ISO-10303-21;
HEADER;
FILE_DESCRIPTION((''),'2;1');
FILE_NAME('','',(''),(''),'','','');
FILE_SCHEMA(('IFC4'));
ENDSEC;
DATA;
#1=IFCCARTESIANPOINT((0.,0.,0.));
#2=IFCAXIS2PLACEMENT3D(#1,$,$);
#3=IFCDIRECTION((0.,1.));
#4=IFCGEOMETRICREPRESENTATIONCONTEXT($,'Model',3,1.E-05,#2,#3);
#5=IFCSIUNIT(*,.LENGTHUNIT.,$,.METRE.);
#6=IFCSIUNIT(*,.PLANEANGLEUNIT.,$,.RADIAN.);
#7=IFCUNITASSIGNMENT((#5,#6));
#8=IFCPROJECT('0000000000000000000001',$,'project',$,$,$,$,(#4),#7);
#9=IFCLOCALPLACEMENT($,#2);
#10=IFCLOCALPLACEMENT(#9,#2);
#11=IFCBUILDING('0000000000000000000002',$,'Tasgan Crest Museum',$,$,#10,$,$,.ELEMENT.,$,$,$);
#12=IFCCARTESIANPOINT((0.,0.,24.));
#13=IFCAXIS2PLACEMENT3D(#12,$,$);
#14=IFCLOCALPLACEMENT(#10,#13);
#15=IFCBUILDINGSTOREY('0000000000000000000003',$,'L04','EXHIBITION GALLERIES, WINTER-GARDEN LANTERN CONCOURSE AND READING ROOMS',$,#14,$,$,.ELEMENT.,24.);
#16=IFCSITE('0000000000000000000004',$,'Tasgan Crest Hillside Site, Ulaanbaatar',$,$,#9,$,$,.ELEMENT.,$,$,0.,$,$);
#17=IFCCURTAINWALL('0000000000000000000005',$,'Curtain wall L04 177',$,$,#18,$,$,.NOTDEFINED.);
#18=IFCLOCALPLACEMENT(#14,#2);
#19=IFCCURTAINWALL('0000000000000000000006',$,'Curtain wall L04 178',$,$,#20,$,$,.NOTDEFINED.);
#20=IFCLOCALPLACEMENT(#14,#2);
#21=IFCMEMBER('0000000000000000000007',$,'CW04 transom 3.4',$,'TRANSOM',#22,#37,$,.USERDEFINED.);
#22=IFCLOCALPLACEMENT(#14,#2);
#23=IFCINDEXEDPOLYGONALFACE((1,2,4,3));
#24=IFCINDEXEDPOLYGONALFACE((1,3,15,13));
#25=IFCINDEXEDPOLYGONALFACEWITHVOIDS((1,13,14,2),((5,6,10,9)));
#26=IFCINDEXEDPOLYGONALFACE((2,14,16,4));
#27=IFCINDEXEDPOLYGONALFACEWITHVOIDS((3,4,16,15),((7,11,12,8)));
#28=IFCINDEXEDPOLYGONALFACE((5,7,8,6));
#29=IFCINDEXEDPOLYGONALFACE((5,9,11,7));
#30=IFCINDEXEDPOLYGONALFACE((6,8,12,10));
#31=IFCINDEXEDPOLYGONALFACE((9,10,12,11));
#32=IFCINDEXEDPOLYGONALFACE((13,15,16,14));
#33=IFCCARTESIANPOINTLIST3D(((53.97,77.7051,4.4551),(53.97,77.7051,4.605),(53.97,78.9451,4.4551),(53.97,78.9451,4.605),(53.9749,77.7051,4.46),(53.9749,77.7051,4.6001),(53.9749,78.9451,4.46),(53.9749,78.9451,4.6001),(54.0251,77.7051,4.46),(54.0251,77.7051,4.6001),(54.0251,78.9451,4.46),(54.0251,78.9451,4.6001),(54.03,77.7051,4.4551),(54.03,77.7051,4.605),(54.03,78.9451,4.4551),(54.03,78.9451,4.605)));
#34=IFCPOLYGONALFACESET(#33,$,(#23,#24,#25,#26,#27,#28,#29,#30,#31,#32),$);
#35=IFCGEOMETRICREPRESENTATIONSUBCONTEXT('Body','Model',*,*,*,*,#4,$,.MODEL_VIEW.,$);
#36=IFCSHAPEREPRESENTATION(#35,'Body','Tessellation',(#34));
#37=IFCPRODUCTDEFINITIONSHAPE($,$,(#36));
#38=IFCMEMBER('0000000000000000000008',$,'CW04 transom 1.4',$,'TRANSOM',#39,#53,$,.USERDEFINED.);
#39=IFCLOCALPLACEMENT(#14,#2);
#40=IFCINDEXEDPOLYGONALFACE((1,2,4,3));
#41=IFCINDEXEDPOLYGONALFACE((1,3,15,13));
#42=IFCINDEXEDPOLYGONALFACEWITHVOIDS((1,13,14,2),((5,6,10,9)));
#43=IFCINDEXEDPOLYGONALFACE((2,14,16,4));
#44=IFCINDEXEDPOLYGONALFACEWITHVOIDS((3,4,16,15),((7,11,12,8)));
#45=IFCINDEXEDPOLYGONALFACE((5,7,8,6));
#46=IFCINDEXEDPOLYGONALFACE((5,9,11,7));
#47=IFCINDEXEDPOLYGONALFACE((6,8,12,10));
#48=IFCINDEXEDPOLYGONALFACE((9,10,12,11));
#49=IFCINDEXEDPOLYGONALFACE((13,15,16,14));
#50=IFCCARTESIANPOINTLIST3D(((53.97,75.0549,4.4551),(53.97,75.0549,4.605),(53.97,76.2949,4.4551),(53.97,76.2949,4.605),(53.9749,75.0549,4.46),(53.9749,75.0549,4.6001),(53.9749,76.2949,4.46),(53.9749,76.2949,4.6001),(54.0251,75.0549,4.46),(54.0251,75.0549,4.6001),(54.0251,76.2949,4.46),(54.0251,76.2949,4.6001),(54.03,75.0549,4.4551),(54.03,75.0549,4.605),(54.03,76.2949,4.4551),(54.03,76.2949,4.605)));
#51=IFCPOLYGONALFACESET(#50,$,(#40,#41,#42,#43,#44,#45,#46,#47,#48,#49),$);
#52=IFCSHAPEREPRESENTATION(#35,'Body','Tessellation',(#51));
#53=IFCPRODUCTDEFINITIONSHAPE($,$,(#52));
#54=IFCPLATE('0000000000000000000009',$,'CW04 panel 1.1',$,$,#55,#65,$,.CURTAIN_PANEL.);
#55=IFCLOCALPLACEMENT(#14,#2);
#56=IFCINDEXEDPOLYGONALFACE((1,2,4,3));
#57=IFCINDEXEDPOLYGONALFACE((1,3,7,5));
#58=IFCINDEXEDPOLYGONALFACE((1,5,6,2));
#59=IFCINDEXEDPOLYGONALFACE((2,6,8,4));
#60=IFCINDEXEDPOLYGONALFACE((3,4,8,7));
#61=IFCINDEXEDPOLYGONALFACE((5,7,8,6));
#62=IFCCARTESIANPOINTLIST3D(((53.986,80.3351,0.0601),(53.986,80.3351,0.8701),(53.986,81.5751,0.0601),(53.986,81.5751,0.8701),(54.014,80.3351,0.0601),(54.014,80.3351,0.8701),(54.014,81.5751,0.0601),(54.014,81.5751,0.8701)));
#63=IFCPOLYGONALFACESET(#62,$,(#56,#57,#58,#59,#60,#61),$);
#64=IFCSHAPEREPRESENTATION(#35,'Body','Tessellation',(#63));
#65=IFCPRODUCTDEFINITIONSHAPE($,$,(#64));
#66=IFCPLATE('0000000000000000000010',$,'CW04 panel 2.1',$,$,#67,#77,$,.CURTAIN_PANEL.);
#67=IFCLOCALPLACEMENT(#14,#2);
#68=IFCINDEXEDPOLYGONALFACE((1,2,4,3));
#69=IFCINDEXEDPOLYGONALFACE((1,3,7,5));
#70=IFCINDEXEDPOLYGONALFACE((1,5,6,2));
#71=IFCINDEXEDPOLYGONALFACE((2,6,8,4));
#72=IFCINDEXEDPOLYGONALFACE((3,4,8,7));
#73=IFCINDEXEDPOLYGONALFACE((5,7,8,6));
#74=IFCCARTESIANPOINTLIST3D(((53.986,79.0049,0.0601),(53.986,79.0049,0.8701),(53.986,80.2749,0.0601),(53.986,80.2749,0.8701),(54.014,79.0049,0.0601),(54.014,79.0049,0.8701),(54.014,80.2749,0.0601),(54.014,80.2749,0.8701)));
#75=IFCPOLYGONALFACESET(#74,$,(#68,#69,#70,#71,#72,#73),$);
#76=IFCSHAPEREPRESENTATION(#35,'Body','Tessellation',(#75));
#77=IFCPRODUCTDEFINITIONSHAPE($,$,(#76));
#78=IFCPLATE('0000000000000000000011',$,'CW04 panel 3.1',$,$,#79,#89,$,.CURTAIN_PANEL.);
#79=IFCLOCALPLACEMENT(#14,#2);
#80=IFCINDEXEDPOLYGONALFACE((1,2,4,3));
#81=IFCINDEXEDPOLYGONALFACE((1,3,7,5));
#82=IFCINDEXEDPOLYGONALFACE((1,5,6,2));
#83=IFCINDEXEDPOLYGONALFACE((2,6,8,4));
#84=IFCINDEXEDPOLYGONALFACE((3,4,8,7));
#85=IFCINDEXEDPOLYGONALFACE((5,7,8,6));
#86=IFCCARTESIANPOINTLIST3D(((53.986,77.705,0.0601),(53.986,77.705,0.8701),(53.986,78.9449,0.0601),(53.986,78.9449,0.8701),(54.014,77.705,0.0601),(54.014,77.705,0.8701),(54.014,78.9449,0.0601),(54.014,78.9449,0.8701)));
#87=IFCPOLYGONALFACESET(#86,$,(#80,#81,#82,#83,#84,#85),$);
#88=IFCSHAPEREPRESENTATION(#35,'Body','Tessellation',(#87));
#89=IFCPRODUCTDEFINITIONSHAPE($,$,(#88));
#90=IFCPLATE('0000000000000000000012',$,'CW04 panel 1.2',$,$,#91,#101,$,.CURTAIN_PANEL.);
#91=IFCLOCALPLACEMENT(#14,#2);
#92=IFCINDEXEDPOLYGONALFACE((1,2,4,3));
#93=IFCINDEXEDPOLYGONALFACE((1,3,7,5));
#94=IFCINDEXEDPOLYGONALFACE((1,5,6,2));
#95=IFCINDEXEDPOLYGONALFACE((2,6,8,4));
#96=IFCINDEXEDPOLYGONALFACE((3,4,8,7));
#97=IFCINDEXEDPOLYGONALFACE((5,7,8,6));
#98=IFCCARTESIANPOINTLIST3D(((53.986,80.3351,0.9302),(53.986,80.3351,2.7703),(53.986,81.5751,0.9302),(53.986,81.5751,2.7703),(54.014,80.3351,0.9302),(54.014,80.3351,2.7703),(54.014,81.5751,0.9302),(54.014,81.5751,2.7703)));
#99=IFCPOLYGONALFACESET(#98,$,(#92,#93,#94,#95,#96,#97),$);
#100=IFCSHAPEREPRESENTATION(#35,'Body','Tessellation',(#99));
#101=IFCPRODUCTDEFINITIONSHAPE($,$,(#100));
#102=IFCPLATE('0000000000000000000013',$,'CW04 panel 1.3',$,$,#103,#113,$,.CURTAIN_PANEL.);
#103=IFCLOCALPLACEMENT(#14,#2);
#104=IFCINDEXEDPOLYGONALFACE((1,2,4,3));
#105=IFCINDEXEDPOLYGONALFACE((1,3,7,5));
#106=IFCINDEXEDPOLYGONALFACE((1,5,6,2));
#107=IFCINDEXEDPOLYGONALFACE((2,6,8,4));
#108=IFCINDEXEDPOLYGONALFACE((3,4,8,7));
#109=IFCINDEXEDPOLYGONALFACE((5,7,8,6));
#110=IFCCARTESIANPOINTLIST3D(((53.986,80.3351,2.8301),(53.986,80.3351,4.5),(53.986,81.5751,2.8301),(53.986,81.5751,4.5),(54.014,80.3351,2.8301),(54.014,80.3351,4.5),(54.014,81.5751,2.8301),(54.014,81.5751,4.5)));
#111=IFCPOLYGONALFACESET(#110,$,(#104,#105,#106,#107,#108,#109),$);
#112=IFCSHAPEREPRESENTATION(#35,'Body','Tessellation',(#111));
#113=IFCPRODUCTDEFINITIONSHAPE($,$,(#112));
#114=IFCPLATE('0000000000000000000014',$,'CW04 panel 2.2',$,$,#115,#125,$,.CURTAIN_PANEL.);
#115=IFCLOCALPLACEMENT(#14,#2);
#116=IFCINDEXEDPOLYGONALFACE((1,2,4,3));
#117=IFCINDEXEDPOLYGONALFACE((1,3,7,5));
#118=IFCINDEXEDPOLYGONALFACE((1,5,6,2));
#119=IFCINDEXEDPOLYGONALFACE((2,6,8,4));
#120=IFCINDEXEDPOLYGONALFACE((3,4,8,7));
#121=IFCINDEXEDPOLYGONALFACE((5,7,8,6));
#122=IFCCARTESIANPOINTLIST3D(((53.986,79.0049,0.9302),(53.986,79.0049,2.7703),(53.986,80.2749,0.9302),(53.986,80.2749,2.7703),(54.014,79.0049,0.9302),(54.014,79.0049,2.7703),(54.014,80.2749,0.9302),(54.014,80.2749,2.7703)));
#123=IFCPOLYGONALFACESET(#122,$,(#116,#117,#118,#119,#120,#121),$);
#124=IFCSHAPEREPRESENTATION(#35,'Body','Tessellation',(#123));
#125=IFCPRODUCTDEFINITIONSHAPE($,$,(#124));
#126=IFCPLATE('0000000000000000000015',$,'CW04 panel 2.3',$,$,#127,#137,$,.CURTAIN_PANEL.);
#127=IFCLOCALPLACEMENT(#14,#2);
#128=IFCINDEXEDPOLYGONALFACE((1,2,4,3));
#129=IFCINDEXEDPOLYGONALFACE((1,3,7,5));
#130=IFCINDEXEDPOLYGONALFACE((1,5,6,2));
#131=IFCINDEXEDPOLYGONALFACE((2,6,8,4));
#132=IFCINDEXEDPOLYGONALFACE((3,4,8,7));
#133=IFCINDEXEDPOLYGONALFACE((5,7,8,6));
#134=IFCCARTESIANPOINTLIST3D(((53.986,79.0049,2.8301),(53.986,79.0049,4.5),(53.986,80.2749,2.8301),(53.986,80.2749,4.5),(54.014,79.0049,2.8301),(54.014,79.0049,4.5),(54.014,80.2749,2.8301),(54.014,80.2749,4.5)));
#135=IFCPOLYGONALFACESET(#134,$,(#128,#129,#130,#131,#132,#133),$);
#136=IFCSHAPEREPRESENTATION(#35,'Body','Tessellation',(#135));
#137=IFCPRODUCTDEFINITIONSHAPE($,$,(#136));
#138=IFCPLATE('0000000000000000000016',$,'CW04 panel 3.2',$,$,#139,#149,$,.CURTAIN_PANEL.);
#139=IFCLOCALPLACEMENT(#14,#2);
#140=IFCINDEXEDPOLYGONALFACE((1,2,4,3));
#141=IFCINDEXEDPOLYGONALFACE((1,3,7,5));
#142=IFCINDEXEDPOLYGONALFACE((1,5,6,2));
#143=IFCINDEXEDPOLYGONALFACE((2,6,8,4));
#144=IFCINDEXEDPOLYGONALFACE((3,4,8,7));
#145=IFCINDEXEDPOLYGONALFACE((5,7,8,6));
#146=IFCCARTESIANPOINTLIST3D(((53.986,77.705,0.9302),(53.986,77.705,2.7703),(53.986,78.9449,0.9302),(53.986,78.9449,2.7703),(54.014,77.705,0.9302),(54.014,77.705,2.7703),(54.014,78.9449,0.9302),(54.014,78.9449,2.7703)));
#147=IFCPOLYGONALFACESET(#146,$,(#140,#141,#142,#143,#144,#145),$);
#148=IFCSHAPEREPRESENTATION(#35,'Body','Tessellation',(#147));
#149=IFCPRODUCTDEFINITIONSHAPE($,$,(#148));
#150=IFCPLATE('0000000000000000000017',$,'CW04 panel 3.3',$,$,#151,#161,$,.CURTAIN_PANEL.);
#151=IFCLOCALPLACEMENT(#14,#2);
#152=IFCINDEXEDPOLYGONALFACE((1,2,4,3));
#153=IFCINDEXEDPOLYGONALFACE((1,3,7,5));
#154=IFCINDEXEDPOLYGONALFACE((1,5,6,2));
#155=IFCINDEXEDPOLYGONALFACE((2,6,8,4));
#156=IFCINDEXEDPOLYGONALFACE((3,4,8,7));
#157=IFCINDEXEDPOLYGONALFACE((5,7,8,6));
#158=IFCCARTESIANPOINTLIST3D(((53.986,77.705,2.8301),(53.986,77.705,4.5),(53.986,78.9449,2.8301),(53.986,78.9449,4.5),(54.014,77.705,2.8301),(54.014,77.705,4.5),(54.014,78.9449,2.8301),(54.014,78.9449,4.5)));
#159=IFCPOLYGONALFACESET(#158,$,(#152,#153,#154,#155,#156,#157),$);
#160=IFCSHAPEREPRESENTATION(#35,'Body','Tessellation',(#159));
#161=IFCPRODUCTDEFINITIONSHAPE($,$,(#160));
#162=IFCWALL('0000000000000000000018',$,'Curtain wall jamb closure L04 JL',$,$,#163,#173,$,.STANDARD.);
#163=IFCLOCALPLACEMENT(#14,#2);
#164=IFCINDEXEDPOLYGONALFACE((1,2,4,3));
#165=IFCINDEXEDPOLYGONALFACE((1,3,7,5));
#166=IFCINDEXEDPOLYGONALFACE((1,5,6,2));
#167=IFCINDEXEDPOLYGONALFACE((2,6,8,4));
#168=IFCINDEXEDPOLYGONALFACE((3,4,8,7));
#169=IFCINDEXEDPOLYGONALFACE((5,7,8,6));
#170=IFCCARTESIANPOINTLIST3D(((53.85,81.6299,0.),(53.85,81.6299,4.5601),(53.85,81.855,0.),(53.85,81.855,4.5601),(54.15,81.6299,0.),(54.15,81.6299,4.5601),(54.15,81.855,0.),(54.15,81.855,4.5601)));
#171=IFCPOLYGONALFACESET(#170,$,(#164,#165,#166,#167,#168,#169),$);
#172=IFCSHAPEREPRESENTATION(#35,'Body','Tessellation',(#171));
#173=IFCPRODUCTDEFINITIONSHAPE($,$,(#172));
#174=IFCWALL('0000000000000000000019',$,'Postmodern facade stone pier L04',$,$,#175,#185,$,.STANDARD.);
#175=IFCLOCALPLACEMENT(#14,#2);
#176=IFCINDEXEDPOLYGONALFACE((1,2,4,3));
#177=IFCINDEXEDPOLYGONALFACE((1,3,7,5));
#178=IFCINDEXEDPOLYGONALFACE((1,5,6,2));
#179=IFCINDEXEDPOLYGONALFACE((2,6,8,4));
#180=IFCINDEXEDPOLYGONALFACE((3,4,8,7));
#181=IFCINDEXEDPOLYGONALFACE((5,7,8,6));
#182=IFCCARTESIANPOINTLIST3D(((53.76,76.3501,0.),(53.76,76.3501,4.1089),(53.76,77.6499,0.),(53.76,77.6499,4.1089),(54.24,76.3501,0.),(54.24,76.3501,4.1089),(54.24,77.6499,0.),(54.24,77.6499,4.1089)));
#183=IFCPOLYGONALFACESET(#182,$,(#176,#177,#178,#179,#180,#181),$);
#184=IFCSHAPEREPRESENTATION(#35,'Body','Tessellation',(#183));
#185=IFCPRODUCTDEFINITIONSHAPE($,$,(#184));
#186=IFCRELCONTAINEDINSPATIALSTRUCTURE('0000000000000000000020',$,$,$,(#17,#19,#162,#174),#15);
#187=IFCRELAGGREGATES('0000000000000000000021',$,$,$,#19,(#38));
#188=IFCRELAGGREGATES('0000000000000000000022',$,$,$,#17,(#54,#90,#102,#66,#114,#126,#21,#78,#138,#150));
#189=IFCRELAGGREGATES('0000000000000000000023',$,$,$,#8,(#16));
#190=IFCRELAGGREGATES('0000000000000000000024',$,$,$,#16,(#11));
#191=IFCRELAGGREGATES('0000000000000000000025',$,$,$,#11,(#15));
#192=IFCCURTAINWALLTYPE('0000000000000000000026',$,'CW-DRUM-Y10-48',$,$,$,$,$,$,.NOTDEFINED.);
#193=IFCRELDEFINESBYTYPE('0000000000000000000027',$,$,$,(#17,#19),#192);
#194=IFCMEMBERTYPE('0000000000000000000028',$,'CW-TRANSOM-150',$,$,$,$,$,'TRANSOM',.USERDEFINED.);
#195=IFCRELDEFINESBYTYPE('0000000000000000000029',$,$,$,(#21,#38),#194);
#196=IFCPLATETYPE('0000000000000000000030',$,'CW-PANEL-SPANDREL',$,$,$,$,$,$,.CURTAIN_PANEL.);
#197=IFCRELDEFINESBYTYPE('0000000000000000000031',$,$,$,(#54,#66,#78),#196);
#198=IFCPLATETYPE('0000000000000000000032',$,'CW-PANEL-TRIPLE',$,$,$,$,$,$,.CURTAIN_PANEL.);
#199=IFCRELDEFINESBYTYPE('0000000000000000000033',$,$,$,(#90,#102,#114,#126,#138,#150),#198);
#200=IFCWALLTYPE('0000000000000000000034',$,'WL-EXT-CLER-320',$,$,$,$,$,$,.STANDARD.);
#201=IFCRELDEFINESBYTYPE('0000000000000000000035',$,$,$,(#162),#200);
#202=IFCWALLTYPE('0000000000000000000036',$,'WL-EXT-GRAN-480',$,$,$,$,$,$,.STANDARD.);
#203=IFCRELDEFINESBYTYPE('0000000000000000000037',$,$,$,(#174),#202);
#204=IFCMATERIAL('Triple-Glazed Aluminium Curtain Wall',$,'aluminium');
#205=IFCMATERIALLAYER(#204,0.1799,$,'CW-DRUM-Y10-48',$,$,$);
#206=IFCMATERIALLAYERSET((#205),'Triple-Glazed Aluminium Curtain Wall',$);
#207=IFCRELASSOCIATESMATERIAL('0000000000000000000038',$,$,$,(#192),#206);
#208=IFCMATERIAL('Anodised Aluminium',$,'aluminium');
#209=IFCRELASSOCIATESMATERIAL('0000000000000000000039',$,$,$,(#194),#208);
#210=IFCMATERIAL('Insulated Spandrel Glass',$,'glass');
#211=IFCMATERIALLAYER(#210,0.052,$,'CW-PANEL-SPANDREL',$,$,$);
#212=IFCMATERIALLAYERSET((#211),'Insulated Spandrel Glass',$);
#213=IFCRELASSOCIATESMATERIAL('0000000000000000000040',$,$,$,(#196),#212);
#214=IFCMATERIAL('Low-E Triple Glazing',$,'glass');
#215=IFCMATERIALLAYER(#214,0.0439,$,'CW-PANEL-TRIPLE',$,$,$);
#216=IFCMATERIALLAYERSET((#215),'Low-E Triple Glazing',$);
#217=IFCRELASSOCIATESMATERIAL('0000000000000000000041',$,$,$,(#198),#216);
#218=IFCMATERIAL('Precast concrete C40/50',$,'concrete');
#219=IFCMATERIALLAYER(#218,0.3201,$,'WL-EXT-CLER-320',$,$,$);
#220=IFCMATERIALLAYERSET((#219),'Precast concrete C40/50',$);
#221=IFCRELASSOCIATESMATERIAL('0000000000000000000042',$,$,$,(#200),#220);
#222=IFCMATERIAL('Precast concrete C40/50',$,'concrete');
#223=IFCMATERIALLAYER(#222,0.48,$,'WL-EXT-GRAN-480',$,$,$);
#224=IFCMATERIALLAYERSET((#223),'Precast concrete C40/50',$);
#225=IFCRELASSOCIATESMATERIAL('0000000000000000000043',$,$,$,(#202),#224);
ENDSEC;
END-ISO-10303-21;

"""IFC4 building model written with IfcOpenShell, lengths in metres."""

from ifc_helpers import new_model, si_unit, direction, frame, frame_2d, origin, origin_2d, place, context, subcontext, project, spatial, rectangle, hollow_rectangle, extrude, material, layer, layer_set, material_profile, profile_set, type_object, element, aggregate, save


model = new_model("IFC4")

# Units and contexts
model_context = context("Model", 3, precision=1e-05, world=origin(), true_north=direction((0.0, 1.0)))
body_context = subcontext(model_context, "Body", "Model", "MODEL_VIEW")
ifc_project = project(units=[si_unit("LENGTHUNIT", "METRE"), si_unit("PLANEANGLEUNIT", "RADIAN")], contexts=[model_context])

# Site, building, storey
site_placement = place(None, origin())
site = spatial("IfcSite", under=ifc_project, at=site_placement, Name="Tasgan Crest Hillside Site, Ulaanbaatar", CompositionType="ELEMENT", RefElevation=0.0)
building_placement = place(site_placement, origin())
building = spatial("IfcBuilding", under=site, at=building_placement, Name="Tasgan Crest Museum", CompositionType="ELEMENT")
storey_placement = place(building_placement, frame((0.0, 0.0, 24.0)))
storey = spatial("IfcBuildingStorey", under=building, at=storey_placement, Name="L04", Description="EXHIBITION GALLERIES, WINTER-GARDEN LANTERN CONCOURSE AND READING ROOMS", CompositionType="ELEMENT", Elevation=24.0)

# Curtain wall
ifc_material_1 = material(Name="Triple-Glazed Aluminium Curtain Wall", Category="aluminium")
ifc_layer_1 = layer(ifc_material_1, 0.1799, Name="CW-DRUM-Y10-48")
ifc_layer_set_1 = layer_set([ifc_layer_1], Name="Triple-Glazed Aluminium Curtain Wall")
curtain_wall_type = type_object("IfcCurtainWallType", Name="CW-DRUM-Y10-48", PredefinedType="NOTDEFINED", material=ifc_layer_set_1)
curtain_wall_1_placement = place(storey_placement, origin())
curtain_wall_1 = element("IfcCurtainWall", 1, at=curtain_wall_1_placement, inside=storey, type_object=curtain_wall_type, Name="Curtain wall L04 177", PredefinedType="NOTDEFINED")

# Curtain wall
curtain_wall_2_placement = place(storey_placement, origin())
curtain_wall_2 = element("IfcCurtainWall", 2, at=curtain_wall_2_placement, inside=storey, type_object=curtain_wall_type, Name="Curtain wall L04 178", PredefinedType="NOTDEFINED")

# Members
ifc_material_2 = material(Name="Anodised Aluminium", Category="aluminium")
ifc_material_profile_1 = material_profile(ifc_material_2, hollow_rectangle(XDim=0.0601, YDim=0.1499, WallThickness=0.0049, at=origin_2d()), Name="ALU TRANSOM 150x60x5")
ifc_profile_set_1 = profile_set([ifc_material_profile_1], Name="Anodised Aluminium")
member_type_1 = type_object("IfcMemberType", Name="CW-TRANSOM-150", ElementType="TRANSOM", PredefinedType="USERDEFINED", material=ifc_profile_set_1)
member_1_placement = place(storey_placement, frame((54.0, 78.9451, 4.53), z_axis=(0.0, -1.0, 0.0), x_axis=(1.0, 0.0, 0.0)))
member_1 = element("IfcMember", 3, at=member_1_placement, type_object=member_type_1, Name="CW04 transom 3.4", ObjectType="TRANSOM", PredefinedType="USERDEFINED", context=body_context, shape_type="SweptSolid", body=[
    extrude(hollow_rectangle(XDim=0.0601, YDim=0.1499, WallThickness=0.0049, at=origin_2d()), origin(), (0.0, 0.0, 1.0), 1.24),
])
member_2_placement = place(storey_placement, frame((54.0, 76.2949, 4.53), z_axis=(0.0, -1.0, 0.0), x_axis=(1.0, 0.0, 0.0)))
member_2 = element("IfcMember", 4, at=member_2_placement, type_object=member_type_1, Name="CW04 transom 1.4", ObjectType="TRANSOM", PredefinedType="USERDEFINED", context=body_context, shape_type="SweptSolid", body=[
    extrude(hollow_rectangle(XDim=0.0601, YDim=0.1499, WallThickness=0.0049, at=origin_2d()), origin(), (0.0, 0.0, 1.0), 1.24),
])
aggregate(curtain_wall_2, [member_2])

# Plates
ifc_material_3 = material(Name="Insulated Spandrel Glass", Category="glass")
ifc_layer_2 = layer(ifc_material_3, 0.052, Name="CW-PANEL-SPANDREL")
ifc_layer_set_2 = layer_set([ifc_layer_2], Name="Insulated Spandrel Glass")
plate_type_1 = type_object("IfcPlateType", Name="CW-PANEL-SPANDREL", PredefinedType="CURTAIN_PANEL", material=ifc_layer_set_2)
plate_1_placement = place(storey_placement, frame((54.0, 80.9551, 0.0601), z_axis=(0.0, 0.0, 1.0), x_axis=(0.0, -1.0, 0.0)))
plate_1 = element("IfcPlate", 5, at=plate_1_placement, type_object=plate_type_1, Name="CW04 panel 1.1", PredefinedType="CURTAIN_PANEL", context=body_context, shape_type="SweptSolid", body=[
    extrude(rectangle(XDim=1.24, YDim=0.0281, at=origin_2d()), origin(), (0.0, 0.0, 1.0), 0.8101),
])
plate_2_placement = place(storey_placement, frame((54.0, 79.6399, 0.0601), z_axis=(0.0, 0.0, 1.0), x_axis=(0.0, -1.0, 0.0)))
plate_2 = element("IfcPlate", 6, at=plate_2_placement, type_object=plate_type_1, Name="CW04 panel 2.1", PredefinedType="CURTAIN_PANEL", context=body_context, shape_type="SweptSolid", body=[
    extrude(rectangle(XDim=1.27, YDim=0.0281, at=origin_2d()), origin(), (0.0, 0.0, 1.0), 0.8101),
])
plate_3_placement = place(storey_placement, frame((54.0, 78.325, 0.0601), z_axis=(0.0, 0.0, 1.0), x_axis=(0.0, -1.0, 0.0)))
plate_3 = element("IfcPlate", 7, at=plate_3_placement, type_object=plate_type_1, Name="CW04 panel 3.1", PredefinedType="CURTAIN_PANEL", context=body_context, shape_type="SweptSolid", body=[
    extrude(rectangle(XDim=1.24, YDim=0.0281, at=origin_2d()), origin(), (0.0, 0.0, 1.0), 0.8101),
])
ifc_material_4 = material(Name="Low-E Triple Glazing", Category="glass")
ifc_layer_3 = layer(ifc_material_4, 0.0439, Name="CW-PANEL-TRIPLE")
ifc_layer_set_3 = layer_set([ifc_layer_3], Name="Low-E Triple Glazing")
plate_type_2 = type_object("IfcPlateType", Name="CW-PANEL-TRIPLE", PredefinedType="CURTAIN_PANEL", material=ifc_layer_set_3)
plate_4_placement = place(storey_placement, frame((54.0, 80.9551, 0.9302), z_axis=(0.0, 0.0, 1.0), x_axis=(0.0, -1.0, 0.0)))
plate_4 = element("IfcPlate", 8, at=plate_4_placement, type_object=plate_type_2, Name="CW04 panel 1.2", PredefinedType="CURTAIN_PANEL", context=body_context, shape_type="SweptSolid", body=[
    extrude(rectangle(XDim=1.24, YDim=0.0281, at=origin_2d()), origin(), (0.0, 0.0, 1.0), 1.8401),
])
plate_5_placement = place(storey_placement, frame((54.0, 80.9551, 2.8301), z_axis=(0.0, 0.0, 1.0), x_axis=(0.0, -1.0, 0.0)))
plate_5 = element("IfcPlate", 9, at=plate_5_placement, type_object=plate_type_2, Name="CW04 panel 1.3", PredefinedType="CURTAIN_PANEL", context=body_context, shape_type="SweptSolid", body=[
    extrude(rectangle(XDim=1.24, YDim=0.0281, at=origin_2d()), origin(), (0.0, 0.0, 1.0), 1.6699),
])
plate_6_placement = place(storey_placement, frame((54.0, 79.6399, 0.9302), z_axis=(0.0, 0.0, 1.0), x_axis=(0.0, -1.0, 0.0)))
plate_6 = element("IfcPlate", 10, at=plate_6_placement, type_object=plate_type_2, Name="CW04 panel 2.2", PredefinedType="CURTAIN_PANEL", context=body_context, shape_type="SweptSolid", body=[
    extrude(rectangle(XDim=1.27, YDim=0.0281, at=origin_2d()), origin(), (0.0, 0.0, 1.0), 1.8401),
])
plate_7_placement = place(storey_placement, frame((54.0, 79.6399, 2.8301), z_axis=(0.0, 0.0, 1.0), x_axis=(0.0, -1.0, 0.0)))
plate_7 = element("IfcPlate", 11, at=plate_7_placement, type_object=plate_type_2, Name="CW04 panel 2.3", PredefinedType="CURTAIN_PANEL", context=body_context, shape_type="SweptSolid", body=[
    extrude(rectangle(XDim=1.27, YDim=0.0281, at=origin_2d()), origin(), (0.0, 0.0, 1.0), 1.6699),
])
plate_8_placement = place(storey_placement, frame((54.0, 78.325, 0.9302), z_axis=(0.0, 0.0, 1.0), x_axis=(0.0, -1.0, 0.0)))
plate_8 = element("IfcPlate", 12, at=plate_8_placement, type_object=plate_type_2, Name="CW04 panel 3.2", PredefinedType="CURTAIN_PANEL", context=body_context, shape_type="SweptSolid", body=[
    extrude(rectangle(XDim=1.24, YDim=0.0281, at=origin_2d()), origin(), (0.0, 0.0, 1.0), 1.8401),
])
plate_9_placement = place(storey_placement, frame((54.0, 78.325, 2.8301), z_axis=(0.0, 0.0, 1.0), x_axis=(0.0, -1.0, 0.0)))
plate_9 = element("IfcPlate", 13, at=plate_9_placement, type_object=plate_type_2, Name="CW04 panel 3.3", PredefinedType="CURTAIN_PANEL", context=body_context, shape_type="SweptSolid", body=[
    extrude(rectangle(XDim=1.24, YDim=0.0281, at=origin_2d()), origin(), (0.0, 0.0, 1.0), 1.6699),
])
aggregate(curtain_wall_1, [plate_1, plate_4, plate_5, plate_2, plate_6, plate_7, member_1, plate_3, plate_8, plate_9])

# Walls
ifc_material_5 = material(Name="Precast concrete C40/50", Category="concrete")
ifc_layer_4 = layer(ifc_material_5, 0.3201, Name="WL-EXT-CLER-320")
ifc_layer_set_4 = layer_set([ifc_layer_4], Name="Precast concrete C40/50")
wall_type_1 = type_object("IfcWallType", Name="WL-EXT-CLER-320", PredefinedType="STANDARD", material=ifc_layer_set_4)
wall_1_placement = place(storey_placement, frame((54.0, 81.855, 0.0), z_axis=(0.0, 0.0, 1.0), x_axis=(0.0, -1.0, 0.0)))
element("IfcWall", 14, at=wall_1_placement, inside=storey, type_object=wall_type_1, Name="Curtain wall jamb closure L04 JL", PredefinedType="STANDARD", context=body_context, shape_type="SweptSolid", body=[
    extrude(rectangle(XDim=0.2251, YDim=0.3, at=frame_2d((0.1125, 0.0))), origin(), (0.0, 0.0, 1.0), 4.5601),
])
ifc_material_6 = material(Name="Precast concrete C40/50", Category="concrete")
ifc_layer_5 = layer(ifc_material_6, 0.48, Name="WL-EXT-GRAN-480")
ifc_layer_set_5 = layer_set([ifc_layer_5], Name="Precast concrete C40/50")
wall_type_2 = type_object("IfcWallType", Name="WL-EXT-GRAN-480", PredefinedType="STANDARD", material=ifc_layer_set_5)
wall_2_placement = place(storey_placement, frame((54.0, 77.6499, 0.0), z_axis=(0.0, 0.0, 1.0), x_axis=(0.0, -1.0, 0.0)))
element("IfcWall", 15, at=wall_2_placement, inside=storey, type_object=wall_type_2, Name="Postmodern facade stone pier L04", PredefinedType="STANDARD", context=body_context, shape_type="SweptSolid", body=[
    extrude(rectangle(XDim=1.2998, YDim=0.48, at=frame_2d((0.6499, 0.0))), origin(), (0.0, 0.0, 1.0), 4.1089),
])

save(model, "model.ifc")
